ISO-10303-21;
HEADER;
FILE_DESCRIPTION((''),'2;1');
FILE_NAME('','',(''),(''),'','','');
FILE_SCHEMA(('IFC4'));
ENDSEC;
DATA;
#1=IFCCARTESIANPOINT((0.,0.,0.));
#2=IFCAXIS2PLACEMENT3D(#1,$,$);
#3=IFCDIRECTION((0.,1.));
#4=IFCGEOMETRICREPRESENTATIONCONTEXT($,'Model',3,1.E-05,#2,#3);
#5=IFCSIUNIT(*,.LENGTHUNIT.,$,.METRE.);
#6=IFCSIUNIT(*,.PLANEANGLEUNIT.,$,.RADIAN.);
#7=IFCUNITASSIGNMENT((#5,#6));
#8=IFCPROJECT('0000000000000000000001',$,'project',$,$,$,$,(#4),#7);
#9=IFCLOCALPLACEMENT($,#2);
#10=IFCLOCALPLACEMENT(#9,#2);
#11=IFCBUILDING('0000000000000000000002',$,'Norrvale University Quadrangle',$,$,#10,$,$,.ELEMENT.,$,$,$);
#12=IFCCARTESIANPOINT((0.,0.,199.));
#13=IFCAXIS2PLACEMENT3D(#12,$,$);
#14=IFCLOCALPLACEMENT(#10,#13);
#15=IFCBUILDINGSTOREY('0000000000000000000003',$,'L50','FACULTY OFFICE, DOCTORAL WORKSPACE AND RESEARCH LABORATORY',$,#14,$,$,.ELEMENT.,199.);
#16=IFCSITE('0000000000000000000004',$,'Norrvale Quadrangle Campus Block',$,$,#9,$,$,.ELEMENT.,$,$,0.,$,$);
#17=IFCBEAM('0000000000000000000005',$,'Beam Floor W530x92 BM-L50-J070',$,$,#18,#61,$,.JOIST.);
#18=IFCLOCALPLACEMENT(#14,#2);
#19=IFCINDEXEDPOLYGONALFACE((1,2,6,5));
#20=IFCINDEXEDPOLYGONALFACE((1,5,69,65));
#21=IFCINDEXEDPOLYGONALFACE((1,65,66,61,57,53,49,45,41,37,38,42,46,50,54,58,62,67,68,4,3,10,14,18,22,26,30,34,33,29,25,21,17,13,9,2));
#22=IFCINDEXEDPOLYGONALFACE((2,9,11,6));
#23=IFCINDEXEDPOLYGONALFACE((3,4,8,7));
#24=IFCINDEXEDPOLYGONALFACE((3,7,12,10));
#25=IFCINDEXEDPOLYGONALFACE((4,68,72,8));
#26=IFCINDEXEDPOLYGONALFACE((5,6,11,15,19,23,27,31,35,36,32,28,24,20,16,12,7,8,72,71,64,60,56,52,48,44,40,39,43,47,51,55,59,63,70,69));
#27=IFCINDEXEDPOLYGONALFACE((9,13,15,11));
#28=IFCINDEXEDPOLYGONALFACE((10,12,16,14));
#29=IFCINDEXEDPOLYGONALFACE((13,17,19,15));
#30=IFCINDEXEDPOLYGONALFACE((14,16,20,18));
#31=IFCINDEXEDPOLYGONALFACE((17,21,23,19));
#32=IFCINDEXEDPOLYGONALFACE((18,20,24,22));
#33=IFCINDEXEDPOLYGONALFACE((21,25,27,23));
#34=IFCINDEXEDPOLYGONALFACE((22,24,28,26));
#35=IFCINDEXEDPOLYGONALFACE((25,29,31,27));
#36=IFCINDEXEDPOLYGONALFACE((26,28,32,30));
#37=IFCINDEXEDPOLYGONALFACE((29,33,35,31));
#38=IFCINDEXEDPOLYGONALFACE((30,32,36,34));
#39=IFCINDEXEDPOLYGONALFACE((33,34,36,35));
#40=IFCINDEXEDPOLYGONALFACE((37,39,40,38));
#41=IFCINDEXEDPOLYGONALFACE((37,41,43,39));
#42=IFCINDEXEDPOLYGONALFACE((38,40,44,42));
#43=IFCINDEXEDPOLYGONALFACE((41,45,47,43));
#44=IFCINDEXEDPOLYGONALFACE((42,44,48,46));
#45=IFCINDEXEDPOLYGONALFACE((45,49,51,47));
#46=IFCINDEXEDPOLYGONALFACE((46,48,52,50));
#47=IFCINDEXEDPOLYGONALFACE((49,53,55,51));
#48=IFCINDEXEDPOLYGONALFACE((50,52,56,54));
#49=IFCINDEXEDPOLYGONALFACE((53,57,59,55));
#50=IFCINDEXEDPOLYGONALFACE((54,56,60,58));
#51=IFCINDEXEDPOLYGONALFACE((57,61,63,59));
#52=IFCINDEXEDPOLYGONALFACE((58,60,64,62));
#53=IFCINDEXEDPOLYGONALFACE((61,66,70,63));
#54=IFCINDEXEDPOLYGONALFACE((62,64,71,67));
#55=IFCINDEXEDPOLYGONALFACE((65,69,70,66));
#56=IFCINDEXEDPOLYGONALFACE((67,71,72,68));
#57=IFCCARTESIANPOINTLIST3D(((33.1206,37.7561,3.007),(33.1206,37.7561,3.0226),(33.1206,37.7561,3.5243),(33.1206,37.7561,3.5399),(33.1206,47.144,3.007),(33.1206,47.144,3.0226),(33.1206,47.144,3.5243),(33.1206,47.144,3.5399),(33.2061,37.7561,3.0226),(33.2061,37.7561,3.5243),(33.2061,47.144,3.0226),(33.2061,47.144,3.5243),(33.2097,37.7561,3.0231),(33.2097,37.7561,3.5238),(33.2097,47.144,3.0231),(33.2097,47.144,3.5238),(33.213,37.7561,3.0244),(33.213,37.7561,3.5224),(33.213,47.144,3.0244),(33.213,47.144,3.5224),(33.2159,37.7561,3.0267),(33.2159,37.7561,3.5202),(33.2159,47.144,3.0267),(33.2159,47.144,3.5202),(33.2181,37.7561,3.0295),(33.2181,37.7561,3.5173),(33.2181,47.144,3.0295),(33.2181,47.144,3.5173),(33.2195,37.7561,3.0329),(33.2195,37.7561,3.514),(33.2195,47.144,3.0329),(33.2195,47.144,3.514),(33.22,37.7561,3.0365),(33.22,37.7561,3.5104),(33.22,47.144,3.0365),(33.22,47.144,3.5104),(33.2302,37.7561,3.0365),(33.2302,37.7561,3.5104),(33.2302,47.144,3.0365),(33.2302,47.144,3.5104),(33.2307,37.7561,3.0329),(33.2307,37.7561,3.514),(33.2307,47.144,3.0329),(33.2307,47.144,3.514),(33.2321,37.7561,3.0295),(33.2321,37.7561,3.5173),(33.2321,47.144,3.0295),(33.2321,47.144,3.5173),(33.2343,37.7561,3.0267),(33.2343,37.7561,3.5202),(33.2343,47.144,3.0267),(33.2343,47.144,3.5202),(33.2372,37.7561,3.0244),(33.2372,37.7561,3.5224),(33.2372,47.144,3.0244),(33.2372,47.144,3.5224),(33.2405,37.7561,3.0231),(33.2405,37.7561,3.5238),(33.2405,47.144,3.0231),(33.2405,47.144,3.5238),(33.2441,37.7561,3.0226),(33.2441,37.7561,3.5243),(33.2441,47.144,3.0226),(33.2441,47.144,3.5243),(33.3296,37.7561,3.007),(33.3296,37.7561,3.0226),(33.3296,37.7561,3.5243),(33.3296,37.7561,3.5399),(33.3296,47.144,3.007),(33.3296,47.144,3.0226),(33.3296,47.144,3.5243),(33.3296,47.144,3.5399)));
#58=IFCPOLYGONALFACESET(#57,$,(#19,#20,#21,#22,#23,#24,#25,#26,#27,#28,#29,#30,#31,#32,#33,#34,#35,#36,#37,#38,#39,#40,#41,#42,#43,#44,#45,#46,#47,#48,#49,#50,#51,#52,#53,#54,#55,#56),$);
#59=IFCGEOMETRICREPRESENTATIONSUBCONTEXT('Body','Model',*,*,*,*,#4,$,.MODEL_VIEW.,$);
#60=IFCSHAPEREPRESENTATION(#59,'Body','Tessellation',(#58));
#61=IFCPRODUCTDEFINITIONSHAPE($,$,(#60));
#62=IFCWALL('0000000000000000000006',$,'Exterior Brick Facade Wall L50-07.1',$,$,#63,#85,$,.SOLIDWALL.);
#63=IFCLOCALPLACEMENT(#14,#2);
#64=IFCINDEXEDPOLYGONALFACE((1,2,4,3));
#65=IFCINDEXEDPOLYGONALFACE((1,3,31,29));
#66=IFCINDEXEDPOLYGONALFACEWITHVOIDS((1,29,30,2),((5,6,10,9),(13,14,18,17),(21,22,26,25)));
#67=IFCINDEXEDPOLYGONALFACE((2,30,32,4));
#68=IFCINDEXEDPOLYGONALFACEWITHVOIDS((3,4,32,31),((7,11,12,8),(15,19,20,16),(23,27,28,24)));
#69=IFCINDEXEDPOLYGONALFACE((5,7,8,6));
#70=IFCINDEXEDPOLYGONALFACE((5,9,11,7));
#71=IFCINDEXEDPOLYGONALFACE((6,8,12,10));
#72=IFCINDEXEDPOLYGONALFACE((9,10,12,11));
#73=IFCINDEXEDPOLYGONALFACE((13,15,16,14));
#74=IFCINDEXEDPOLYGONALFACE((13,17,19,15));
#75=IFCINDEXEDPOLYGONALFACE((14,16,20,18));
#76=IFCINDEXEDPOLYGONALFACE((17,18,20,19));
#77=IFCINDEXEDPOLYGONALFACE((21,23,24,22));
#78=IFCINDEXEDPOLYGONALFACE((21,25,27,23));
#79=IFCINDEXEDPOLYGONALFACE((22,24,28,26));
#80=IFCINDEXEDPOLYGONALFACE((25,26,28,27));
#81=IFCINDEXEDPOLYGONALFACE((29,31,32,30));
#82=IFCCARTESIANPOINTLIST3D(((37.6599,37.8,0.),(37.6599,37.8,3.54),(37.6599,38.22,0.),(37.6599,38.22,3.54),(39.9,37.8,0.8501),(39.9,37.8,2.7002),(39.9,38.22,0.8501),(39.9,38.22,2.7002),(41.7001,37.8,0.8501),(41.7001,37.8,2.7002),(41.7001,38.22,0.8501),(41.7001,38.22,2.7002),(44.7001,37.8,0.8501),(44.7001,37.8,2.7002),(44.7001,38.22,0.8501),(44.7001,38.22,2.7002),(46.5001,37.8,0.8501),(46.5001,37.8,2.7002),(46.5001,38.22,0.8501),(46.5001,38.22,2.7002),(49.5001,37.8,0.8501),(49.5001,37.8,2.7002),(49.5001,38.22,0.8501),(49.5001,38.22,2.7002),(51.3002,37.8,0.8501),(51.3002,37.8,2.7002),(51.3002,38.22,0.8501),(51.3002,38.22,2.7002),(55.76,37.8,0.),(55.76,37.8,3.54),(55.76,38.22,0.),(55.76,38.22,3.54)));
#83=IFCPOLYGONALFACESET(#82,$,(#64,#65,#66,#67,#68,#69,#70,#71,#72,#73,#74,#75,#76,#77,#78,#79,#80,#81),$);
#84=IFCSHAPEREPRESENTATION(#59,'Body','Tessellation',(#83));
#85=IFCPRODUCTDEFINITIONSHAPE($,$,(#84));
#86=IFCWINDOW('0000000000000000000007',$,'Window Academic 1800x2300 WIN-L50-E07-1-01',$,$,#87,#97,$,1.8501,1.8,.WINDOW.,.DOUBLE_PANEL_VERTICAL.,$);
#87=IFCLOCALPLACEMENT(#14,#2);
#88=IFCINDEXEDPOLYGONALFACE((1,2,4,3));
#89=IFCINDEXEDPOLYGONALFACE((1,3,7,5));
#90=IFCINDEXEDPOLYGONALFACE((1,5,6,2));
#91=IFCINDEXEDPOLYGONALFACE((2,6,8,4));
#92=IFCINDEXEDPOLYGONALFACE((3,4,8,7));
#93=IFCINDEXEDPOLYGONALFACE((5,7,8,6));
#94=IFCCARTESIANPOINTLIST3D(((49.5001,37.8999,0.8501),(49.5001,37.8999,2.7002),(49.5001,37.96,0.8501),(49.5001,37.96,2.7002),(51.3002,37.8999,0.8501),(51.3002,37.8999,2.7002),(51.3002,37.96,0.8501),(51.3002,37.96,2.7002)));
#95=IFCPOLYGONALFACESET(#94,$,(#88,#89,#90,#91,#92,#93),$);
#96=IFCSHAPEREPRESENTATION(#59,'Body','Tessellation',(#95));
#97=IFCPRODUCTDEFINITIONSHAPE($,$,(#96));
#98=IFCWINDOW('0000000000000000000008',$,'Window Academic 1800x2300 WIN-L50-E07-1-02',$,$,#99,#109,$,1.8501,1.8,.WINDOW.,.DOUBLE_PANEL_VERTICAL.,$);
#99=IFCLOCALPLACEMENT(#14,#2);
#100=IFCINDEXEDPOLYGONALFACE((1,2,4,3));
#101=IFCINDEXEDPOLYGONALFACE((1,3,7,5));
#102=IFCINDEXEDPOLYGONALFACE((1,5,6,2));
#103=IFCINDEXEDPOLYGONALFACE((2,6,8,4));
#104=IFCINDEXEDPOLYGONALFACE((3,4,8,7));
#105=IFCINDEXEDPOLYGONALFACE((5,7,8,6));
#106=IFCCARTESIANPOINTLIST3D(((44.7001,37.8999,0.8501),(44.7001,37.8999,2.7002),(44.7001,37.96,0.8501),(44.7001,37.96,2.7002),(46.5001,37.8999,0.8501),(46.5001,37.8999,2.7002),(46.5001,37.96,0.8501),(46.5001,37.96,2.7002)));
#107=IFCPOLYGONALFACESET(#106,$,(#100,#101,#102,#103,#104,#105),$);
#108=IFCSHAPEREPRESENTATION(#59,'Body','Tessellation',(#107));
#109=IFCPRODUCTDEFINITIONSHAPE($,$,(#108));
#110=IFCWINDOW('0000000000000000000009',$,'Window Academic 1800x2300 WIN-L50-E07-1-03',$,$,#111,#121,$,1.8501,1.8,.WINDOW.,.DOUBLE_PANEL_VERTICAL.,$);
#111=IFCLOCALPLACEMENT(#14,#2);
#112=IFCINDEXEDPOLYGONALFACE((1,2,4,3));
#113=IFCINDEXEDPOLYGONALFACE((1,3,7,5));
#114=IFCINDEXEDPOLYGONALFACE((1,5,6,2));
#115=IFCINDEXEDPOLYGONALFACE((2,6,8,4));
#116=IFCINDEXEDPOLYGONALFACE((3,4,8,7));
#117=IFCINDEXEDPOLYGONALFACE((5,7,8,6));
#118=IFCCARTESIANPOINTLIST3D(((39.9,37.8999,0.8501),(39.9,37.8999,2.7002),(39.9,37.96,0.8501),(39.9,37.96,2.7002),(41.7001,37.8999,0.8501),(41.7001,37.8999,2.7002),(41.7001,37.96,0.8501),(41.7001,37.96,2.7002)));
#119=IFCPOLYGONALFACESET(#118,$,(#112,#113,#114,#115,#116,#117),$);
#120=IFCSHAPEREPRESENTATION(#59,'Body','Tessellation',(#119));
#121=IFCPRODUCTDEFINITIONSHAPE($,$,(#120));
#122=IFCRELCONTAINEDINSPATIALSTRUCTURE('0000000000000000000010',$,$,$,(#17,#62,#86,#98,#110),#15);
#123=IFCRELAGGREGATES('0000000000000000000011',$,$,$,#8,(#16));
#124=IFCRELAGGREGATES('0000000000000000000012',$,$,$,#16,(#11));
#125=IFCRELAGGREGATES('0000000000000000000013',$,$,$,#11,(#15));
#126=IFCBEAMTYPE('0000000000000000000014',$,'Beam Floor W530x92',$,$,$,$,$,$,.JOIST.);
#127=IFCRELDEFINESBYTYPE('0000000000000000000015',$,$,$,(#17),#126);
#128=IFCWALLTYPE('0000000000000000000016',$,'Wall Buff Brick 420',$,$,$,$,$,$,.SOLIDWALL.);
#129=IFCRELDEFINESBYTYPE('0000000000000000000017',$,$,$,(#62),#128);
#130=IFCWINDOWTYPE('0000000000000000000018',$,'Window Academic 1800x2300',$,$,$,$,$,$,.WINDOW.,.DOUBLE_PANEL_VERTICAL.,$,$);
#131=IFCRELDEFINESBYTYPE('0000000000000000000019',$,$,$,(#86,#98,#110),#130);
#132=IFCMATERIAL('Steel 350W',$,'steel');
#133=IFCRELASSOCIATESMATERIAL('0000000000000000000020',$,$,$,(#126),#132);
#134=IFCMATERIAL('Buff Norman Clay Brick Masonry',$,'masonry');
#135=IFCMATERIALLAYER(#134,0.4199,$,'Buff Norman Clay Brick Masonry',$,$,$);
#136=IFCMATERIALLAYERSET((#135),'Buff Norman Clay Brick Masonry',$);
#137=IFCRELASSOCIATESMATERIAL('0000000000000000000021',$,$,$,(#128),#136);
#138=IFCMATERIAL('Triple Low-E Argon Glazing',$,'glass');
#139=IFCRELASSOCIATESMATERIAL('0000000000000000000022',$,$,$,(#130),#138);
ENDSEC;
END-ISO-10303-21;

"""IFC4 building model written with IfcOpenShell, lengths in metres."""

from ifc_helpers import new_model, si_unit, direction, frame, frame_2d, origin, origin_2d, place, context, subcontext, project, spatial, rectangle, i_section, extrude, material, layer, layer_set, material_profile, profile_set, type_object, element, fill, save


model = new_model("IFC4")

# Units and contexts
model_context = context("Model", 3, precision=1e-05, world=origin(), true_north=direction((0.0, 1.0)))
body_context = subcontext(model_context, "Body", "Model", "MODEL_VIEW")
ifc_project = project(units=[si_unit("LENGTHUNIT", "METRE"), si_unit("PLANEANGLEUNIT", "RADIAN")], contexts=[model_context])

# Site, building, storey
site_placement = place(None, origin())
site = spatial("IfcSite", under=ifc_project, at=site_placement, Name="Norrvale Quadrangle Campus Block", CompositionType="ELEMENT", RefElevation=0.0)
building_placement = place(site_placement, origin())
building = spatial("IfcBuilding", under=site, at=building_placement, Name="Norrvale University Quadrangle", CompositionType="ELEMENT")
storey_placement = place(building_placement, frame((0.0, 0.0, 199.0)))
storey = spatial("IfcBuildingStorey", under=building, at=storey_placement, Name="L50", Description="FACULTY OFFICE, DOCTORAL WORKSPACE AND RESEARCH LABORATORY", CompositionType="ELEMENT", Elevation=199.0)

# Beam
ifc_material_1 = material(Name="Steel 350W", Category="steel")
ifc_material_profile_1 = material_profile(ifc_material_1, i_section(OverallWidth=0.209, OverallDepth=0.533, WebThickness=0.0103, FlangeThickness=0.0156, FilletRadius=0.0139, at=origin_2d()), Name="Steel 350W")
ifc_profile_set_1 = profile_set([ifc_material_profile_1], Name="Steel 350W")
beam_type_1 = type_object("IfcBeamType", Name="Beam Floor W530x92", PredefinedType="JOIST", material=ifc_profile_set_1)
beam_1_placement = place(storey_placement, frame((33.2251, 37.7561, 3.2734), z_axis=(0.0, 1.0, 0.0), x_axis=(-1.0, 0.0, 0.0)))
element("IfcBeam", 1, at=beam_1_placement, inside=storey, type_object=beam_type_1, Name="Beam Floor W530x92 BM-L50-J070", PredefinedType="JOIST", context=body_context, shape_type="SweptSolid", body=[
    extrude(i_section(OverallWidth=0.209, OverallDepth=0.533, WebThickness=0.0103, FlangeThickness=0.0156, FilletRadius=0.0139, at=origin_2d()), origin(), (0.0, 0.0, 1.0), 9.3879),
])

# Wall, openings, windows
ifc_material_2 = material(Name="Buff Norman Clay Brick Masonry", Category="masonry")
ifc_layer = layer(ifc_material_2, 0.4199, Name="Buff Norman Clay Brick Masonry")
ifc_layer_set = layer_set([ifc_layer], Name="Buff Norman Clay Brick Masonry")
wall_type = type_object("IfcWallType", Name="Wall Buff Brick 420", PredefinedType="SOLIDWALL", material=ifc_layer_set)
wall_1_placement = place(storey_placement, frame((55.76, 38.01, 0.0), z_axis=(0.0, 0.0, 1.0), x_axis=(-1.0, 0.0, 0.0)))
wall_1 = element("IfcWall", 2, at=wall_1_placement, inside=storey, type_object=wall_type, Name="Exterior Brick Facade Wall L50-07.1", PredefinedType="SOLIDWALL", context=body_context, shape_type="SweptSolid", body=[
    extrude(rectangle(XDim=18.1001, YDim=0.4199, at=frame_2d((9.05, 0.0))), origin(), (0.0, 0.0, 1.0), 3.54),
])
opening_1_placement = place(wall_1_placement, frame((4.46, 0.0, 0.8501)))
opening_1 = element("IfcOpeningElement", 3, at=opening_1_placement, cuts=wall_1, PredefinedType="OPENING", context=body_context, shape_type="SweptSolid", body=[
    extrude(rectangle(XDim=1.8, YDim=1.8501, at=frame_2d((0.8999, 0.925))), frame((0.0, 0.2219, 0.0), z_axis=(0.0, -1.0, 0.0), x_axis=(1.0, 0.0, 0.0)), (0.0, 0.0, 1.0), 0.4438),
])
opening_2_placement = place(wall_1_placement, frame((9.26, 0.0, 0.8501)))
opening_2 = element("IfcOpeningElement", 4, at=opening_2_placement, cuts=wall_1, PredefinedType="OPENING", context=body_context, shape_type="SweptSolid", body=[
    extrude(rectangle(XDim=1.8, YDim=1.8501, at=frame_2d((0.8999, 0.925))), frame((0.0, 0.2219, 0.0), z_axis=(0.0, -1.0, 0.0), x_axis=(1.0, 0.0, 0.0)), (0.0, 0.0, 1.0), 0.4438),
])
opening_3_placement = place(wall_1_placement, frame((14.0601, 0.0, 0.8501)))
opening_3 = element("IfcOpeningElement", 5, at=opening_3_placement, cuts=wall_1, PredefinedType="OPENING", context=body_context, shape_type="SweptSolid", body=[
    extrude(rectangle(XDim=1.8, YDim=1.8501, at=frame_2d((0.8999, 0.925))), frame((0.0, 0.2219, 0.0), z_axis=(0.0, -1.0, 0.0), x_axis=(1.0, 0.0, 0.0)), (0.0, 0.0, 1.0), 0.4438),
])
ifc_material_3 = material(Name="Triple Low-E Argon Glazing", Category="glass")
window_type_1 = type_object("IfcWindowType", Name="Window Academic 1800x2300", PartitioningType="DOUBLE_PANEL_VERTICAL", PredefinedType="WINDOW", material=ifc_material_3)
window_1_placement = place(opening_1_placement, origin())
window_1 = element("IfcWindow", 6, at=window_1_placement, inside=storey, type_object=window_type_1, Name="Window Academic 1800x2300 WIN-L50-E07-1-01", OverallHeight=1.8501, OverallWidth=1.8, PartitioningType="DOUBLE_PANEL_VERTICAL", PredefinedType="WINDOW", context=body_context, shape_type="SweptSolid", body=[
    extrude(rectangle(XDim=1.8, YDim=1.8501, at=frame_2d((0.8999, 0.925))), frame((0.0, 0.1101, 0.0), z_axis=(0.0, -1.0, 0.0), x_axis=(1.0, 0.0, 0.0)), (0.0, 0.0, 1.0), 0.0601),
])
fill(opening_1, window_1)
window_2_placement = place(opening_2_placement, origin())
window_2 = element("IfcWindow", 7, at=window_2_placement, inside=storey, type_object=window_type_1, Name="Window Academic 1800x2300 WIN-L50-E07-1-02", OverallHeight=1.8501, OverallWidth=1.8, PartitioningType="DOUBLE_PANEL_VERTICAL", PredefinedType="WINDOW", context=body_context, shape_type="SweptSolid", body=[
    extrude(rectangle(XDim=1.8, YDim=1.8501, at=frame_2d((0.8999, 0.925))), frame((0.0, 0.1101, 0.0), z_axis=(0.0, -1.0, 0.0), x_axis=(1.0, 0.0, 0.0)), (0.0, 0.0, 1.0), 0.0601),
])
fill(opening_2, window_2)
window_3_placement = place(opening_3_placement, origin())
window_3 = element("IfcWindow", 8, at=window_3_placement, inside=storey, type_object=window_type_1, Name="Window Academic 1800x2300 WIN-L50-E07-1-03", OverallHeight=1.8501, OverallWidth=1.8, PartitioningType="DOUBLE_PANEL_VERTICAL", PredefinedType="WINDOW", context=body_context, shape_type="SweptSolid", body=[
    extrude(rectangle(XDim=1.8, YDim=1.8501, at=frame_2d((0.8999, 0.925))), frame((0.0, 0.1101, 0.0), z_axis=(0.0, -1.0, 0.0), x_axis=(1.0, 0.0, 0.0)), (0.0, 0.0, 1.0), 0.0601),
])
fill(opening_3, window_3)

save(model, "model.ifc")
